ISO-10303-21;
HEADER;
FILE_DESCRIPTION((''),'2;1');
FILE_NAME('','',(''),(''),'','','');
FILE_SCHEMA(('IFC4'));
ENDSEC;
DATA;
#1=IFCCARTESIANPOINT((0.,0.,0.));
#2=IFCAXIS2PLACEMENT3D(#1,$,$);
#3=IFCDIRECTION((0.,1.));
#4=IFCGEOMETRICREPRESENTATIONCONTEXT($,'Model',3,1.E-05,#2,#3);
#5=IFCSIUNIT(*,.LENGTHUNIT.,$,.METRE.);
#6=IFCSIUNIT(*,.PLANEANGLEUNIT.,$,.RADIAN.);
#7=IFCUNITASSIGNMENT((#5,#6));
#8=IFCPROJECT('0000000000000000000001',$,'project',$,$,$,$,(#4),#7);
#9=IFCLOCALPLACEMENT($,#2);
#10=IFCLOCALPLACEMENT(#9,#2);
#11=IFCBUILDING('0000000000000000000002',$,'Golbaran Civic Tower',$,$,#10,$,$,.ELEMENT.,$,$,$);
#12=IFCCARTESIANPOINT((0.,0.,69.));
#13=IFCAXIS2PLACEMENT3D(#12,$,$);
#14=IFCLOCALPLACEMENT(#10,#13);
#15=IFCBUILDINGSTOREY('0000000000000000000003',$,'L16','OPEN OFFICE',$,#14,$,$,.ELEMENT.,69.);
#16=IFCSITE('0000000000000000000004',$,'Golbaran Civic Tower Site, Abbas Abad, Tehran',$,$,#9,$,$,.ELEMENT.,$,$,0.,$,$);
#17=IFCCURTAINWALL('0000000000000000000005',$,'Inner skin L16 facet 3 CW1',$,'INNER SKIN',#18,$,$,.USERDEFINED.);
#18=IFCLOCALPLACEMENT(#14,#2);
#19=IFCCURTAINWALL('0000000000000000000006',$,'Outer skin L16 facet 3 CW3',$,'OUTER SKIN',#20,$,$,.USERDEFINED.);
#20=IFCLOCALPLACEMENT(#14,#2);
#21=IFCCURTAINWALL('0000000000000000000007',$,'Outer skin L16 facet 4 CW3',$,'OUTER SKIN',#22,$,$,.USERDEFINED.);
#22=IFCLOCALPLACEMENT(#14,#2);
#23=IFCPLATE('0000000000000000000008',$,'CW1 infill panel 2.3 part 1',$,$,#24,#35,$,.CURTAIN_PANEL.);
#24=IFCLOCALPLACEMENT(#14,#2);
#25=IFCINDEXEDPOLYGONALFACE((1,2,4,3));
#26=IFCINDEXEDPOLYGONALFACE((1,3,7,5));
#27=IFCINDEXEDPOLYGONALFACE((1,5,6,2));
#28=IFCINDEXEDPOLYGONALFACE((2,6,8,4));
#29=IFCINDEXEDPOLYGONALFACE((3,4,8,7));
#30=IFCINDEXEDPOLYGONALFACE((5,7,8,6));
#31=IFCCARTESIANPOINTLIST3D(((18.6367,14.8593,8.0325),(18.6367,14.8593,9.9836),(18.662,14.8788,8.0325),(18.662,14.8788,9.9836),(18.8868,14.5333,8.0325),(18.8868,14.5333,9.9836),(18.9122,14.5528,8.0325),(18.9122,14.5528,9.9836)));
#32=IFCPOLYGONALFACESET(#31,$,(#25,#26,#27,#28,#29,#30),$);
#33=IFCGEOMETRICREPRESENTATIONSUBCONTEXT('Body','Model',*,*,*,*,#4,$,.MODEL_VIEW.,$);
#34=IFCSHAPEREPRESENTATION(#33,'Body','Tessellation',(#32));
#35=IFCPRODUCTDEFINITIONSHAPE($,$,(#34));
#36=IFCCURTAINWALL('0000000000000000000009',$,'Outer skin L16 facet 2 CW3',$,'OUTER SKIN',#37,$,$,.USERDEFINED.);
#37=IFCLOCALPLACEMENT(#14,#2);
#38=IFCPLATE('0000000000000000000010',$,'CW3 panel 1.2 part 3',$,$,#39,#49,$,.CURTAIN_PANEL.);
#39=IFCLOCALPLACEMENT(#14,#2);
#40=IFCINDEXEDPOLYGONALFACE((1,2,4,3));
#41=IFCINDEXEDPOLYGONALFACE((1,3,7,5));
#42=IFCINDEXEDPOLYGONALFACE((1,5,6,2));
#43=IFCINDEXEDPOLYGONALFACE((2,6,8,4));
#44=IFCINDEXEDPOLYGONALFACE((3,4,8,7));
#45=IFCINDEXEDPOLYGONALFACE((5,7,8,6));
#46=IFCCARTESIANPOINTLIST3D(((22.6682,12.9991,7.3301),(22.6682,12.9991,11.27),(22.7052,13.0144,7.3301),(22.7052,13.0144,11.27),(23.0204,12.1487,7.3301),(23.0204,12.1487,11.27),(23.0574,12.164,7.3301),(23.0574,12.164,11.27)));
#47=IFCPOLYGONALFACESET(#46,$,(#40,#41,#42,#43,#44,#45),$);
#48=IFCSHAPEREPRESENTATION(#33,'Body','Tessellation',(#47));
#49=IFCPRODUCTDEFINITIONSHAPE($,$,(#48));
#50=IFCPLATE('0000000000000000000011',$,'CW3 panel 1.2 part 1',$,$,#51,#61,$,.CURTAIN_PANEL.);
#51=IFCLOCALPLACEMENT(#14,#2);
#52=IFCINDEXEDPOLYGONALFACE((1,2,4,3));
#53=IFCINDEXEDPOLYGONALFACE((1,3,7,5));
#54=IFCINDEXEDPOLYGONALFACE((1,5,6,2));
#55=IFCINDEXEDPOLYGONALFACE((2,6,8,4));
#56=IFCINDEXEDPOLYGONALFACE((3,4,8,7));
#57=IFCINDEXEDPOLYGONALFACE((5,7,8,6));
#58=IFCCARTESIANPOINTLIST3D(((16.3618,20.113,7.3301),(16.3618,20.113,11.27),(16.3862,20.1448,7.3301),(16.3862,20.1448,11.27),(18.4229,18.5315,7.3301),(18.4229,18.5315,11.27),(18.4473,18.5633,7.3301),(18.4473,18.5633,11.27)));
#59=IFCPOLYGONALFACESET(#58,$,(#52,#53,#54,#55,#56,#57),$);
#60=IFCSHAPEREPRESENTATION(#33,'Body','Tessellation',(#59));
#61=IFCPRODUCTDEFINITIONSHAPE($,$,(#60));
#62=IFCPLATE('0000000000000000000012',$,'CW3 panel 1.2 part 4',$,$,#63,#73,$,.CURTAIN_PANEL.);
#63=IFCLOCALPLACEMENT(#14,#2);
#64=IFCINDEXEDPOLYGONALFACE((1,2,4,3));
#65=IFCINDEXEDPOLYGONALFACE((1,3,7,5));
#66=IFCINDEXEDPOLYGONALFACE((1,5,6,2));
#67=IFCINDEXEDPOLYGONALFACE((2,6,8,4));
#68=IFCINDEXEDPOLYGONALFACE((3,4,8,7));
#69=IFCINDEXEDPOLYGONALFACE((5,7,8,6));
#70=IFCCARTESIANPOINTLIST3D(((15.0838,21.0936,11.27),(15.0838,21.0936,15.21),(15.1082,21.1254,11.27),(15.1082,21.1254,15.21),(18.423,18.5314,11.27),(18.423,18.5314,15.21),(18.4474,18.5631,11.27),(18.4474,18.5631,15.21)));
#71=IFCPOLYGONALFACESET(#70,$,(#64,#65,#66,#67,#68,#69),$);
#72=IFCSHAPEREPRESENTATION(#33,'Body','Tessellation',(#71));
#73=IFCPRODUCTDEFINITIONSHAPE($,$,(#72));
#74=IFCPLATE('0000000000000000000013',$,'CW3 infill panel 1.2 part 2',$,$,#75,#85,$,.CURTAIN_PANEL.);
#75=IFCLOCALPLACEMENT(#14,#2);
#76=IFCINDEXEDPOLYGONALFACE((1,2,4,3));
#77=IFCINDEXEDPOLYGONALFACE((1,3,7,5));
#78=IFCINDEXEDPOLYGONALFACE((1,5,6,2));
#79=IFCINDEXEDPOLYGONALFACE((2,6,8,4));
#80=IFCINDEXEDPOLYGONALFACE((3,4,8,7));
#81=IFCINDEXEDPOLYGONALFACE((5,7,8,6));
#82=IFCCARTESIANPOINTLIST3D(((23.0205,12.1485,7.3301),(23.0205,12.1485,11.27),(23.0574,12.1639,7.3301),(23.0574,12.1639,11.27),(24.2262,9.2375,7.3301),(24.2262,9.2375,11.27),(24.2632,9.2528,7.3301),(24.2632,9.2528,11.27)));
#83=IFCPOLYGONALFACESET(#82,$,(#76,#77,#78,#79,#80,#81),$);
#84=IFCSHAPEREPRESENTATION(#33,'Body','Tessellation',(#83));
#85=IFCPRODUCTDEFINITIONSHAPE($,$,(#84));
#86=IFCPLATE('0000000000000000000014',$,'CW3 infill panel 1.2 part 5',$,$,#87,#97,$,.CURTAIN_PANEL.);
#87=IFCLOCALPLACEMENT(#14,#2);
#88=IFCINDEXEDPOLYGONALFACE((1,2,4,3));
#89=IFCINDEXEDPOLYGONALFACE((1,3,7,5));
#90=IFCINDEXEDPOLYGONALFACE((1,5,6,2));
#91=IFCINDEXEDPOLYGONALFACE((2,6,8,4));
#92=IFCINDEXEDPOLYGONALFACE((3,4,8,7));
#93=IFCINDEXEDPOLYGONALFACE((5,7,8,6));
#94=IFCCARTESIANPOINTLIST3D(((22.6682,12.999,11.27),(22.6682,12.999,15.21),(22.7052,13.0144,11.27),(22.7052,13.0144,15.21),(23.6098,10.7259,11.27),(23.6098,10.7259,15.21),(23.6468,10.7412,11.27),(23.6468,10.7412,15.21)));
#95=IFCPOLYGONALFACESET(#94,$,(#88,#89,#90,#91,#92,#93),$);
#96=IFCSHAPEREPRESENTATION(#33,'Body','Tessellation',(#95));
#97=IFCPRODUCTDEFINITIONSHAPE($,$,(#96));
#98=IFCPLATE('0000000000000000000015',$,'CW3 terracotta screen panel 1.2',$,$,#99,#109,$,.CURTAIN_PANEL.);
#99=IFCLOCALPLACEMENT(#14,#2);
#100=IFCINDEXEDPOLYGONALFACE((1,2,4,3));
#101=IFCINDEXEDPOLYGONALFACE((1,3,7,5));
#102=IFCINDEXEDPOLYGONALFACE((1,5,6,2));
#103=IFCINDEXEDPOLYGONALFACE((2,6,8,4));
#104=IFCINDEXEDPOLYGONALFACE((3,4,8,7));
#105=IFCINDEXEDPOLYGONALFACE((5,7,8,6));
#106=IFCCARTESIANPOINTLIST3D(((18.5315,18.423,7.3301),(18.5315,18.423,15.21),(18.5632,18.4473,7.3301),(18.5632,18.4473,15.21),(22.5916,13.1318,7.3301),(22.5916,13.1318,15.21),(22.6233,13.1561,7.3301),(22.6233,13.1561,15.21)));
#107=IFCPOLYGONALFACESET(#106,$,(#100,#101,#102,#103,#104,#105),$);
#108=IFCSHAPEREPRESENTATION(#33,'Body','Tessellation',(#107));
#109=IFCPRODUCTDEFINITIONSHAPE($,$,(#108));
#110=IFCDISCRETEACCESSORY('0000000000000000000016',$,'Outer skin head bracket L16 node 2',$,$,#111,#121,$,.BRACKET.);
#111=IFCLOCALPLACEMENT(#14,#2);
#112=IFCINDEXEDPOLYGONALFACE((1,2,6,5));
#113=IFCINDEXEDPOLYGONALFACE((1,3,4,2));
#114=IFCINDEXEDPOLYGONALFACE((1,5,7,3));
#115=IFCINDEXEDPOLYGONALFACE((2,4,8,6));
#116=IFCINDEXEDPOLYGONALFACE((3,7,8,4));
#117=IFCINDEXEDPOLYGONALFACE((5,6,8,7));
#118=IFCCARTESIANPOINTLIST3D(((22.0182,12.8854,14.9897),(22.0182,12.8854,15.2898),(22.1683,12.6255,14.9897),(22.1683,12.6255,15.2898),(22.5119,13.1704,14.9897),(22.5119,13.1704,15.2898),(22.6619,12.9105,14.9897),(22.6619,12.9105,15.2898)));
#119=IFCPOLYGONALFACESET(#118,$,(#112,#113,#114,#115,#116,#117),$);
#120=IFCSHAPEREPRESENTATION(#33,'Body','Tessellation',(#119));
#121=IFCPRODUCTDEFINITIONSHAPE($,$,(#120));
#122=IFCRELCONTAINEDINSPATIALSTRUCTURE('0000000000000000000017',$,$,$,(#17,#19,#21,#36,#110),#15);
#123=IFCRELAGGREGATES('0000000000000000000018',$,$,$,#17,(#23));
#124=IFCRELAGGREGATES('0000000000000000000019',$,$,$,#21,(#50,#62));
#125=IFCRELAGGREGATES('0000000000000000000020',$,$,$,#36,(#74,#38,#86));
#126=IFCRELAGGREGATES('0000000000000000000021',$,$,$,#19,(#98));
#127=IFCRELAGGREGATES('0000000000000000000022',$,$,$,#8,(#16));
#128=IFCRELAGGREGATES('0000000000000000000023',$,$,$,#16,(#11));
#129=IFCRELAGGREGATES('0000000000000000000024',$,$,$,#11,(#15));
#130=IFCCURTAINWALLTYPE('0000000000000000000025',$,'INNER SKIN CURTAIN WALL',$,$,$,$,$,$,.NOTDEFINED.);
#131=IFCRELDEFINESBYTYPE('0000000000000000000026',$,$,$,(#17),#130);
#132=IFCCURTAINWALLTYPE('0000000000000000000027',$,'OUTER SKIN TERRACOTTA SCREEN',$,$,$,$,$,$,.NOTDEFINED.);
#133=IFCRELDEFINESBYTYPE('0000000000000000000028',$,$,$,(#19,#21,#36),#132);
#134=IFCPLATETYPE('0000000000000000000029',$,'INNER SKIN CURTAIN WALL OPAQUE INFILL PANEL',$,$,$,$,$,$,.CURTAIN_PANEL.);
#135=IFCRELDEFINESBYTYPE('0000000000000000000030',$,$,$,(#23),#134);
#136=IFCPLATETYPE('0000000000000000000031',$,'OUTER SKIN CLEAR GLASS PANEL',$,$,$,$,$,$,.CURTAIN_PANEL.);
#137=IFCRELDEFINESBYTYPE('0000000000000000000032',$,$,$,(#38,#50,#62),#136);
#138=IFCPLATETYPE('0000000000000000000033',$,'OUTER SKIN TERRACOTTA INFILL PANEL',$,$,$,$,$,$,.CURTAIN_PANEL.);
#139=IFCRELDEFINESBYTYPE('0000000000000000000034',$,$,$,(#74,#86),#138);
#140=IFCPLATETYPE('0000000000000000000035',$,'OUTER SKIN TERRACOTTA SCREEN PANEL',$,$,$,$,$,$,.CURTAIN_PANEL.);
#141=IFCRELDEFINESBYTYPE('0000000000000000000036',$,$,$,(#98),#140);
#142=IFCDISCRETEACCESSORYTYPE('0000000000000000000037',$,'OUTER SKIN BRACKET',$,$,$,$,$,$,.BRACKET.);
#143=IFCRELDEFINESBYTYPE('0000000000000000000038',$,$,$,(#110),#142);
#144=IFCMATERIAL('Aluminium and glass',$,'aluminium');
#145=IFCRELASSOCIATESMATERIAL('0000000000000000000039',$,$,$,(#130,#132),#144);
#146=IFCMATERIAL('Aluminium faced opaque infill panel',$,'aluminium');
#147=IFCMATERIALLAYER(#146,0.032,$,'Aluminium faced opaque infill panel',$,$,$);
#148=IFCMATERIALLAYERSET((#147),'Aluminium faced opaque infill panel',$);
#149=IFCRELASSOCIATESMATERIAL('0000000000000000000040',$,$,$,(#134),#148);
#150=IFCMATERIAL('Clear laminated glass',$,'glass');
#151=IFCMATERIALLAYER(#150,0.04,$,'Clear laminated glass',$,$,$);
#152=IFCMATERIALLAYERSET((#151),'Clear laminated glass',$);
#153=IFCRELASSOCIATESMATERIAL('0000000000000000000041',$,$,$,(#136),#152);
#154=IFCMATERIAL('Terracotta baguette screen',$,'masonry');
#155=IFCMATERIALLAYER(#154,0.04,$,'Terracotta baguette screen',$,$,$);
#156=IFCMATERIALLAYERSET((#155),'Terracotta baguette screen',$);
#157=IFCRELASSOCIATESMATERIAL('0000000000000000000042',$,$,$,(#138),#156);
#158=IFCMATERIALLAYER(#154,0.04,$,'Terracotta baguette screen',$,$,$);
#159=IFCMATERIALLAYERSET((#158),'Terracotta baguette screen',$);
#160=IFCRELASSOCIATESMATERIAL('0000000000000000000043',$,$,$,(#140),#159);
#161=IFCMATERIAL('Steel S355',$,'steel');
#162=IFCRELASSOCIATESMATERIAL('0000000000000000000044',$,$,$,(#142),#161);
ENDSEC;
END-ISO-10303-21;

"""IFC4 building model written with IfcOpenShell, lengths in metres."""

from ifc_helpers import new_model, si_unit, direction, frame, origin, origin_2d, place, context, subcontext, project, spatial, rectangle, extrude, material, layer, layer_set, type_object, element, aggregate, save


model = new_model("IFC4")

# Units and contexts
model_context = context("Model", 3, precision=1e-05, world=origin(), true_north=direction((0.0, 1.0)))
body_context = subcontext(model_context, "Body", "Model", "MODEL_VIEW")
ifc_project = project(units=[si_unit("LENGTHUNIT", "METRE"), si_unit("PLANEANGLEUNIT", "RADIAN")], contexts=[model_context])

# Site, building, storey
site_placement = place(None, origin())
site = spatial("IfcSite", under=ifc_project, at=site_placement, Name="Golbaran Civic Tower Site, Abbas Abad, Tehran", CompositionType="ELEMENT", RefElevation=0.0)
building_placement = place(site_placement, origin())
building = spatial("IfcBuilding", under=site, at=building_placement, Name="Golbaran Civic Tower", CompositionType="ELEMENT")
storey_placement = place(building_placement, frame((0.0, 0.0, 69.0)))
storey = spatial("IfcBuildingStorey", under=building, at=storey_placement, Name="L16", Description="OPEN OFFICE", CompositionType="ELEMENT", Elevation=69.0)

# Curtain walls
ifc_material_1 = material(Name="Aluminium and glass", Category="aluminium")
curtain_wall_type_1 = type_object("IfcCurtainWallType", Name="INNER SKIN CURTAIN WALL", PredefinedType="NOTDEFINED", material=ifc_material_1)
curtain_wall_1_placement = place(storey_placement, origin())
curtain_wall_1 = element("IfcCurtainWall", 1, at=curtain_wall_1_placement, inside=storey, type_object=curtain_wall_type_1, Name="Inner skin L16 facet 3 CW1", ObjectType="INNER SKIN", PredefinedType="USERDEFINED")
curtain_wall_type_2 = type_object("IfcCurtainWallType", Name="OUTER SKIN TERRACOTTA SCREEN", PredefinedType="NOTDEFINED", material=ifc_material_1)
curtain_wall_2_placement = place(storey_placement, origin())
curtain_wall_2 = element("IfcCurtainWall", 2, at=curtain_wall_2_placement, inside=storey, type_object=curtain_wall_type_2, Name="Outer skin L16 facet 3 CW3", ObjectType="OUTER SKIN", PredefinedType="USERDEFINED")
curtain_wall_3_placement = place(storey_placement, origin())
curtain_wall_3 = element("IfcCurtainWall", 3, at=curtain_wall_3_placement, inside=storey, type_object=curtain_wall_type_2, Name="Outer skin L16 facet 4 CW3", ObjectType="OUTER SKIN", PredefinedType="USERDEFINED")

# Plate
ifc_material_2 = material(Name="Aluminium faced opaque infill panel", Category="aluminium")
ifc_layer_1 = layer(ifc_material_2, 0.032, Name="Aluminium faced opaque infill panel")
ifc_layer_set_1 = layer_set([ifc_layer_1], Name="Aluminium faced opaque infill panel")
plate_type_1 = type_object("IfcPlateType", Name="INNER SKIN CURTAIN WALL OPAQUE INFILL PANEL", PredefinedType="CURTAIN_PANEL", material=ifc_layer_set_1)
plate_1_placement = place(storey_placement, frame((18.7744, 14.7061, 8.0325), z_axis=(0.0, 0.0, 1.0), x_axis=(-0.608761, 0.793353, 0.0)))
plate_1 = element("IfcPlate", 4, at=plate_1_placement, type_object=plate_type_1, Name="CW1 infill panel 2.3 part 1", PredefinedType="CURTAIN_PANEL", context=body_context, shape_type="SweptSolid", body=[
    extrude(rectangle(XDim=0.4109, YDim=0.032, at=origin_2d()), origin(), (0.0, 0.0, 1.0), 1.9512),
])
aggregate(curtain_wall_1, [plate_1])

# Curtain wall, plate
curtain_wall_4_placement = place(storey_placement, origin())
curtain_wall_4 = element("IfcCurtainWall", 5, at=curtain_wall_4_placement, inside=storey, type_object=curtain_wall_type_2, Name="Outer skin L16 facet 2 CW3", ObjectType="OUTER SKIN", PredefinedType="USERDEFINED")
ifc_material_3 = material(Name="Clear laminated glass", Category="glass")
ifc_layer_2 = layer(ifc_material_3, 0.04, Name="Clear laminated glass")
ifc_layer_set_2 = layer_set([ifc_layer_2], Name="Clear laminated glass")
plate_type_2 = type_object("IfcPlateType", Name="OUTER SKIN CLEAR GLASS PANEL", PredefinedType="CURTAIN_PANEL", material=ifc_layer_set_2)
plate_2_placement = place(storey_placement, frame((22.8628, 12.5815, 7.3301), z_axis=(0.0, 0.0, 1.0), x_axis=(-0.382683, 0.92388, 0.0)))
plate_2 = element("IfcPlate", 6, at=plate_2_placement, type_object=plate_type_2, Name="CW3 panel 1.2 part 3", PredefinedType="CURTAIN_PANEL", context=body_context, shape_type="SweptSolid", body=[
    extrude(rectangle(XDim=0.9204, YDim=0.04, at=origin_2d()), origin(), (0.0, 0.0, 1.0), 3.9399),
])

# Plates
plate_3_placement = place(storey_placement, frame((17.4045, 19.3381, 7.3301), z_axis=(0.0, 0.0, 1.0), x_axis=(-0.793353, 0.608761, 0.0)))
plate_3 = element("IfcPlate", 7, at=plate_3_placement, type_object=plate_type_2, Name="CW3 panel 1.2 part 1", PredefinedType="CURTAIN_PANEL", context=body_context, shape_type="SweptSolid", body=[
    extrude(rectangle(XDim=2.5979, YDim=0.04, at=origin_2d()), origin(), (0.0, 0.0, 1.0), 3.9399),
])
plate_4_placement = place(storey_placement, frame((16.7656, 19.8284, 11.27), z_axis=(0.0, 0.0, 1.0), x_axis=(-0.793353, 0.608761, 0.0)))
plate_4 = element("IfcPlate", 8, at=plate_4_placement, type_object=plate_type_2, Name="CW3 panel 1.2 part 4", PredefinedType="CURTAIN_PANEL", context=body_context, shape_type="SweptSolid", body=[
    extrude(rectangle(XDim=4.209, YDim=0.04, at=origin_2d()), origin(), (0.0, 0.0, 1.0), 3.9399),
])
aggregate(curtain_wall_3, [plate_3, plate_4])
ifc_material_4 = material(Name="Terracotta baguette screen", Category="masonry")
ifc_layer_3 = layer(ifc_material_4, 0.04, Name="Terracotta baguette screen")
ifc_layer_set_3 = layer_set([ifc_layer_3], Name="Terracotta baguette screen")
plate_type_3 = type_object("IfcPlateType", Name="OUTER SKIN TERRACOTTA INFILL PANEL", PredefinedType="CURTAIN_PANEL", material=ifc_layer_set_3)
plate_5_placement = place(storey_placement, frame((23.6418, 10.7007, 7.3301), z_axis=(0.0, 0.0, 1.0), x_axis=(-0.382683, 0.92388, 0.0)))
plate_5 = element("IfcPlate", 9, at=plate_5_placement, type_object=plate_type_3, Name="CW3 infill panel 1.2 part 2", PredefinedType="CURTAIN_PANEL", context=body_context, shape_type="SweptSolid", body=[
    extrude(rectangle(XDim=3.1509, YDim=0.04, at=origin_2d()), origin(), (0.0, 0.0, 1.0), 3.9399),
])
plate_6_placement = place(storey_placement, frame((23.1575, 11.8701, 11.27), z_axis=(0.0, 0.0, 1.0), x_axis=(-0.382683, 0.92388, 0.0)))
plate_6 = element("IfcPlate", 10, at=plate_6_placement, type_object=plate_type_3, Name="CW3 infill panel 1.2 part 5", PredefinedType="CURTAIN_PANEL", context=body_context, shape_type="SweptSolid", body=[
    extrude(rectangle(XDim=2.4604, YDim=0.04, at=origin_2d()), origin(), (0.0, 0.0, 1.0), 3.9399),
])
aggregate(curtain_wall_4, [plate_5, plate_2, plate_6])
ifc_layer_4 = layer(ifc_material_4, 0.04, Name="Terracotta baguette screen")
ifc_layer_set_4 = layer_set([ifc_layer_4], Name="Terracotta baguette screen")
plate_type_4 = type_object("IfcPlateType", Name="OUTER SKIN TERRACOTTA SCREEN PANEL", PredefinedType="CURTAIN_PANEL", material=ifc_layer_set_4)
plate_7_placement = place(storey_placement, frame((20.5774, 15.7896, 7.3301), z_axis=(0.0, 0.0, 1.0), x_axis=(-0.608761, 0.793353, 0.0)))
plate_7 = element("IfcPlate", 11, at=plate_7_placement, type_object=plate_type_4, Name="CW3 terracotta screen panel 1.2", PredefinedType="CURTAIN_PANEL", context=body_context, shape_type="SweptSolid", body=[
    extrude(rectangle(XDim=6.6694, YDim=0.04, at=origin_2d()), origin(), (0.0, 0.0, 1.0), 7.8799),
])
aggregate(curtain_wall_2, [plate_7])

# Discrete accessory
ifc_material_5 = material(Name="Steel S355", Category="steel")
discrete_accessory_type = type_object("IfcDiscreteAccessoryType", Name="OUTER SKIN BRACKET", PredefinedType="BRACKET", material=ifc_material_5)
discrete_accessory_placement = place(storey_placement, frame((22.3401, 12.8979, 14.9897), z_axis=(0.0, 0.0, 1.0), x_axis=(0.866025, 0.5, 0.0)))
element("IfcDiscreteAccessory", 12, at=discrete_accessory_placement, inside=storey, type_object=discrete_accessory_type, Name="Outer skin head bracket L16 node 2", PredefinedType="BRACKET", context=body_context, shape_type="SweptSolid", body=[
    extrude(rectangle(XDim=0.5701, YDim=0.3, at=origin_2d()), origin(), (0.0, 0.0, 1.0), 0.3),
])

save(model, "model.ifc")
